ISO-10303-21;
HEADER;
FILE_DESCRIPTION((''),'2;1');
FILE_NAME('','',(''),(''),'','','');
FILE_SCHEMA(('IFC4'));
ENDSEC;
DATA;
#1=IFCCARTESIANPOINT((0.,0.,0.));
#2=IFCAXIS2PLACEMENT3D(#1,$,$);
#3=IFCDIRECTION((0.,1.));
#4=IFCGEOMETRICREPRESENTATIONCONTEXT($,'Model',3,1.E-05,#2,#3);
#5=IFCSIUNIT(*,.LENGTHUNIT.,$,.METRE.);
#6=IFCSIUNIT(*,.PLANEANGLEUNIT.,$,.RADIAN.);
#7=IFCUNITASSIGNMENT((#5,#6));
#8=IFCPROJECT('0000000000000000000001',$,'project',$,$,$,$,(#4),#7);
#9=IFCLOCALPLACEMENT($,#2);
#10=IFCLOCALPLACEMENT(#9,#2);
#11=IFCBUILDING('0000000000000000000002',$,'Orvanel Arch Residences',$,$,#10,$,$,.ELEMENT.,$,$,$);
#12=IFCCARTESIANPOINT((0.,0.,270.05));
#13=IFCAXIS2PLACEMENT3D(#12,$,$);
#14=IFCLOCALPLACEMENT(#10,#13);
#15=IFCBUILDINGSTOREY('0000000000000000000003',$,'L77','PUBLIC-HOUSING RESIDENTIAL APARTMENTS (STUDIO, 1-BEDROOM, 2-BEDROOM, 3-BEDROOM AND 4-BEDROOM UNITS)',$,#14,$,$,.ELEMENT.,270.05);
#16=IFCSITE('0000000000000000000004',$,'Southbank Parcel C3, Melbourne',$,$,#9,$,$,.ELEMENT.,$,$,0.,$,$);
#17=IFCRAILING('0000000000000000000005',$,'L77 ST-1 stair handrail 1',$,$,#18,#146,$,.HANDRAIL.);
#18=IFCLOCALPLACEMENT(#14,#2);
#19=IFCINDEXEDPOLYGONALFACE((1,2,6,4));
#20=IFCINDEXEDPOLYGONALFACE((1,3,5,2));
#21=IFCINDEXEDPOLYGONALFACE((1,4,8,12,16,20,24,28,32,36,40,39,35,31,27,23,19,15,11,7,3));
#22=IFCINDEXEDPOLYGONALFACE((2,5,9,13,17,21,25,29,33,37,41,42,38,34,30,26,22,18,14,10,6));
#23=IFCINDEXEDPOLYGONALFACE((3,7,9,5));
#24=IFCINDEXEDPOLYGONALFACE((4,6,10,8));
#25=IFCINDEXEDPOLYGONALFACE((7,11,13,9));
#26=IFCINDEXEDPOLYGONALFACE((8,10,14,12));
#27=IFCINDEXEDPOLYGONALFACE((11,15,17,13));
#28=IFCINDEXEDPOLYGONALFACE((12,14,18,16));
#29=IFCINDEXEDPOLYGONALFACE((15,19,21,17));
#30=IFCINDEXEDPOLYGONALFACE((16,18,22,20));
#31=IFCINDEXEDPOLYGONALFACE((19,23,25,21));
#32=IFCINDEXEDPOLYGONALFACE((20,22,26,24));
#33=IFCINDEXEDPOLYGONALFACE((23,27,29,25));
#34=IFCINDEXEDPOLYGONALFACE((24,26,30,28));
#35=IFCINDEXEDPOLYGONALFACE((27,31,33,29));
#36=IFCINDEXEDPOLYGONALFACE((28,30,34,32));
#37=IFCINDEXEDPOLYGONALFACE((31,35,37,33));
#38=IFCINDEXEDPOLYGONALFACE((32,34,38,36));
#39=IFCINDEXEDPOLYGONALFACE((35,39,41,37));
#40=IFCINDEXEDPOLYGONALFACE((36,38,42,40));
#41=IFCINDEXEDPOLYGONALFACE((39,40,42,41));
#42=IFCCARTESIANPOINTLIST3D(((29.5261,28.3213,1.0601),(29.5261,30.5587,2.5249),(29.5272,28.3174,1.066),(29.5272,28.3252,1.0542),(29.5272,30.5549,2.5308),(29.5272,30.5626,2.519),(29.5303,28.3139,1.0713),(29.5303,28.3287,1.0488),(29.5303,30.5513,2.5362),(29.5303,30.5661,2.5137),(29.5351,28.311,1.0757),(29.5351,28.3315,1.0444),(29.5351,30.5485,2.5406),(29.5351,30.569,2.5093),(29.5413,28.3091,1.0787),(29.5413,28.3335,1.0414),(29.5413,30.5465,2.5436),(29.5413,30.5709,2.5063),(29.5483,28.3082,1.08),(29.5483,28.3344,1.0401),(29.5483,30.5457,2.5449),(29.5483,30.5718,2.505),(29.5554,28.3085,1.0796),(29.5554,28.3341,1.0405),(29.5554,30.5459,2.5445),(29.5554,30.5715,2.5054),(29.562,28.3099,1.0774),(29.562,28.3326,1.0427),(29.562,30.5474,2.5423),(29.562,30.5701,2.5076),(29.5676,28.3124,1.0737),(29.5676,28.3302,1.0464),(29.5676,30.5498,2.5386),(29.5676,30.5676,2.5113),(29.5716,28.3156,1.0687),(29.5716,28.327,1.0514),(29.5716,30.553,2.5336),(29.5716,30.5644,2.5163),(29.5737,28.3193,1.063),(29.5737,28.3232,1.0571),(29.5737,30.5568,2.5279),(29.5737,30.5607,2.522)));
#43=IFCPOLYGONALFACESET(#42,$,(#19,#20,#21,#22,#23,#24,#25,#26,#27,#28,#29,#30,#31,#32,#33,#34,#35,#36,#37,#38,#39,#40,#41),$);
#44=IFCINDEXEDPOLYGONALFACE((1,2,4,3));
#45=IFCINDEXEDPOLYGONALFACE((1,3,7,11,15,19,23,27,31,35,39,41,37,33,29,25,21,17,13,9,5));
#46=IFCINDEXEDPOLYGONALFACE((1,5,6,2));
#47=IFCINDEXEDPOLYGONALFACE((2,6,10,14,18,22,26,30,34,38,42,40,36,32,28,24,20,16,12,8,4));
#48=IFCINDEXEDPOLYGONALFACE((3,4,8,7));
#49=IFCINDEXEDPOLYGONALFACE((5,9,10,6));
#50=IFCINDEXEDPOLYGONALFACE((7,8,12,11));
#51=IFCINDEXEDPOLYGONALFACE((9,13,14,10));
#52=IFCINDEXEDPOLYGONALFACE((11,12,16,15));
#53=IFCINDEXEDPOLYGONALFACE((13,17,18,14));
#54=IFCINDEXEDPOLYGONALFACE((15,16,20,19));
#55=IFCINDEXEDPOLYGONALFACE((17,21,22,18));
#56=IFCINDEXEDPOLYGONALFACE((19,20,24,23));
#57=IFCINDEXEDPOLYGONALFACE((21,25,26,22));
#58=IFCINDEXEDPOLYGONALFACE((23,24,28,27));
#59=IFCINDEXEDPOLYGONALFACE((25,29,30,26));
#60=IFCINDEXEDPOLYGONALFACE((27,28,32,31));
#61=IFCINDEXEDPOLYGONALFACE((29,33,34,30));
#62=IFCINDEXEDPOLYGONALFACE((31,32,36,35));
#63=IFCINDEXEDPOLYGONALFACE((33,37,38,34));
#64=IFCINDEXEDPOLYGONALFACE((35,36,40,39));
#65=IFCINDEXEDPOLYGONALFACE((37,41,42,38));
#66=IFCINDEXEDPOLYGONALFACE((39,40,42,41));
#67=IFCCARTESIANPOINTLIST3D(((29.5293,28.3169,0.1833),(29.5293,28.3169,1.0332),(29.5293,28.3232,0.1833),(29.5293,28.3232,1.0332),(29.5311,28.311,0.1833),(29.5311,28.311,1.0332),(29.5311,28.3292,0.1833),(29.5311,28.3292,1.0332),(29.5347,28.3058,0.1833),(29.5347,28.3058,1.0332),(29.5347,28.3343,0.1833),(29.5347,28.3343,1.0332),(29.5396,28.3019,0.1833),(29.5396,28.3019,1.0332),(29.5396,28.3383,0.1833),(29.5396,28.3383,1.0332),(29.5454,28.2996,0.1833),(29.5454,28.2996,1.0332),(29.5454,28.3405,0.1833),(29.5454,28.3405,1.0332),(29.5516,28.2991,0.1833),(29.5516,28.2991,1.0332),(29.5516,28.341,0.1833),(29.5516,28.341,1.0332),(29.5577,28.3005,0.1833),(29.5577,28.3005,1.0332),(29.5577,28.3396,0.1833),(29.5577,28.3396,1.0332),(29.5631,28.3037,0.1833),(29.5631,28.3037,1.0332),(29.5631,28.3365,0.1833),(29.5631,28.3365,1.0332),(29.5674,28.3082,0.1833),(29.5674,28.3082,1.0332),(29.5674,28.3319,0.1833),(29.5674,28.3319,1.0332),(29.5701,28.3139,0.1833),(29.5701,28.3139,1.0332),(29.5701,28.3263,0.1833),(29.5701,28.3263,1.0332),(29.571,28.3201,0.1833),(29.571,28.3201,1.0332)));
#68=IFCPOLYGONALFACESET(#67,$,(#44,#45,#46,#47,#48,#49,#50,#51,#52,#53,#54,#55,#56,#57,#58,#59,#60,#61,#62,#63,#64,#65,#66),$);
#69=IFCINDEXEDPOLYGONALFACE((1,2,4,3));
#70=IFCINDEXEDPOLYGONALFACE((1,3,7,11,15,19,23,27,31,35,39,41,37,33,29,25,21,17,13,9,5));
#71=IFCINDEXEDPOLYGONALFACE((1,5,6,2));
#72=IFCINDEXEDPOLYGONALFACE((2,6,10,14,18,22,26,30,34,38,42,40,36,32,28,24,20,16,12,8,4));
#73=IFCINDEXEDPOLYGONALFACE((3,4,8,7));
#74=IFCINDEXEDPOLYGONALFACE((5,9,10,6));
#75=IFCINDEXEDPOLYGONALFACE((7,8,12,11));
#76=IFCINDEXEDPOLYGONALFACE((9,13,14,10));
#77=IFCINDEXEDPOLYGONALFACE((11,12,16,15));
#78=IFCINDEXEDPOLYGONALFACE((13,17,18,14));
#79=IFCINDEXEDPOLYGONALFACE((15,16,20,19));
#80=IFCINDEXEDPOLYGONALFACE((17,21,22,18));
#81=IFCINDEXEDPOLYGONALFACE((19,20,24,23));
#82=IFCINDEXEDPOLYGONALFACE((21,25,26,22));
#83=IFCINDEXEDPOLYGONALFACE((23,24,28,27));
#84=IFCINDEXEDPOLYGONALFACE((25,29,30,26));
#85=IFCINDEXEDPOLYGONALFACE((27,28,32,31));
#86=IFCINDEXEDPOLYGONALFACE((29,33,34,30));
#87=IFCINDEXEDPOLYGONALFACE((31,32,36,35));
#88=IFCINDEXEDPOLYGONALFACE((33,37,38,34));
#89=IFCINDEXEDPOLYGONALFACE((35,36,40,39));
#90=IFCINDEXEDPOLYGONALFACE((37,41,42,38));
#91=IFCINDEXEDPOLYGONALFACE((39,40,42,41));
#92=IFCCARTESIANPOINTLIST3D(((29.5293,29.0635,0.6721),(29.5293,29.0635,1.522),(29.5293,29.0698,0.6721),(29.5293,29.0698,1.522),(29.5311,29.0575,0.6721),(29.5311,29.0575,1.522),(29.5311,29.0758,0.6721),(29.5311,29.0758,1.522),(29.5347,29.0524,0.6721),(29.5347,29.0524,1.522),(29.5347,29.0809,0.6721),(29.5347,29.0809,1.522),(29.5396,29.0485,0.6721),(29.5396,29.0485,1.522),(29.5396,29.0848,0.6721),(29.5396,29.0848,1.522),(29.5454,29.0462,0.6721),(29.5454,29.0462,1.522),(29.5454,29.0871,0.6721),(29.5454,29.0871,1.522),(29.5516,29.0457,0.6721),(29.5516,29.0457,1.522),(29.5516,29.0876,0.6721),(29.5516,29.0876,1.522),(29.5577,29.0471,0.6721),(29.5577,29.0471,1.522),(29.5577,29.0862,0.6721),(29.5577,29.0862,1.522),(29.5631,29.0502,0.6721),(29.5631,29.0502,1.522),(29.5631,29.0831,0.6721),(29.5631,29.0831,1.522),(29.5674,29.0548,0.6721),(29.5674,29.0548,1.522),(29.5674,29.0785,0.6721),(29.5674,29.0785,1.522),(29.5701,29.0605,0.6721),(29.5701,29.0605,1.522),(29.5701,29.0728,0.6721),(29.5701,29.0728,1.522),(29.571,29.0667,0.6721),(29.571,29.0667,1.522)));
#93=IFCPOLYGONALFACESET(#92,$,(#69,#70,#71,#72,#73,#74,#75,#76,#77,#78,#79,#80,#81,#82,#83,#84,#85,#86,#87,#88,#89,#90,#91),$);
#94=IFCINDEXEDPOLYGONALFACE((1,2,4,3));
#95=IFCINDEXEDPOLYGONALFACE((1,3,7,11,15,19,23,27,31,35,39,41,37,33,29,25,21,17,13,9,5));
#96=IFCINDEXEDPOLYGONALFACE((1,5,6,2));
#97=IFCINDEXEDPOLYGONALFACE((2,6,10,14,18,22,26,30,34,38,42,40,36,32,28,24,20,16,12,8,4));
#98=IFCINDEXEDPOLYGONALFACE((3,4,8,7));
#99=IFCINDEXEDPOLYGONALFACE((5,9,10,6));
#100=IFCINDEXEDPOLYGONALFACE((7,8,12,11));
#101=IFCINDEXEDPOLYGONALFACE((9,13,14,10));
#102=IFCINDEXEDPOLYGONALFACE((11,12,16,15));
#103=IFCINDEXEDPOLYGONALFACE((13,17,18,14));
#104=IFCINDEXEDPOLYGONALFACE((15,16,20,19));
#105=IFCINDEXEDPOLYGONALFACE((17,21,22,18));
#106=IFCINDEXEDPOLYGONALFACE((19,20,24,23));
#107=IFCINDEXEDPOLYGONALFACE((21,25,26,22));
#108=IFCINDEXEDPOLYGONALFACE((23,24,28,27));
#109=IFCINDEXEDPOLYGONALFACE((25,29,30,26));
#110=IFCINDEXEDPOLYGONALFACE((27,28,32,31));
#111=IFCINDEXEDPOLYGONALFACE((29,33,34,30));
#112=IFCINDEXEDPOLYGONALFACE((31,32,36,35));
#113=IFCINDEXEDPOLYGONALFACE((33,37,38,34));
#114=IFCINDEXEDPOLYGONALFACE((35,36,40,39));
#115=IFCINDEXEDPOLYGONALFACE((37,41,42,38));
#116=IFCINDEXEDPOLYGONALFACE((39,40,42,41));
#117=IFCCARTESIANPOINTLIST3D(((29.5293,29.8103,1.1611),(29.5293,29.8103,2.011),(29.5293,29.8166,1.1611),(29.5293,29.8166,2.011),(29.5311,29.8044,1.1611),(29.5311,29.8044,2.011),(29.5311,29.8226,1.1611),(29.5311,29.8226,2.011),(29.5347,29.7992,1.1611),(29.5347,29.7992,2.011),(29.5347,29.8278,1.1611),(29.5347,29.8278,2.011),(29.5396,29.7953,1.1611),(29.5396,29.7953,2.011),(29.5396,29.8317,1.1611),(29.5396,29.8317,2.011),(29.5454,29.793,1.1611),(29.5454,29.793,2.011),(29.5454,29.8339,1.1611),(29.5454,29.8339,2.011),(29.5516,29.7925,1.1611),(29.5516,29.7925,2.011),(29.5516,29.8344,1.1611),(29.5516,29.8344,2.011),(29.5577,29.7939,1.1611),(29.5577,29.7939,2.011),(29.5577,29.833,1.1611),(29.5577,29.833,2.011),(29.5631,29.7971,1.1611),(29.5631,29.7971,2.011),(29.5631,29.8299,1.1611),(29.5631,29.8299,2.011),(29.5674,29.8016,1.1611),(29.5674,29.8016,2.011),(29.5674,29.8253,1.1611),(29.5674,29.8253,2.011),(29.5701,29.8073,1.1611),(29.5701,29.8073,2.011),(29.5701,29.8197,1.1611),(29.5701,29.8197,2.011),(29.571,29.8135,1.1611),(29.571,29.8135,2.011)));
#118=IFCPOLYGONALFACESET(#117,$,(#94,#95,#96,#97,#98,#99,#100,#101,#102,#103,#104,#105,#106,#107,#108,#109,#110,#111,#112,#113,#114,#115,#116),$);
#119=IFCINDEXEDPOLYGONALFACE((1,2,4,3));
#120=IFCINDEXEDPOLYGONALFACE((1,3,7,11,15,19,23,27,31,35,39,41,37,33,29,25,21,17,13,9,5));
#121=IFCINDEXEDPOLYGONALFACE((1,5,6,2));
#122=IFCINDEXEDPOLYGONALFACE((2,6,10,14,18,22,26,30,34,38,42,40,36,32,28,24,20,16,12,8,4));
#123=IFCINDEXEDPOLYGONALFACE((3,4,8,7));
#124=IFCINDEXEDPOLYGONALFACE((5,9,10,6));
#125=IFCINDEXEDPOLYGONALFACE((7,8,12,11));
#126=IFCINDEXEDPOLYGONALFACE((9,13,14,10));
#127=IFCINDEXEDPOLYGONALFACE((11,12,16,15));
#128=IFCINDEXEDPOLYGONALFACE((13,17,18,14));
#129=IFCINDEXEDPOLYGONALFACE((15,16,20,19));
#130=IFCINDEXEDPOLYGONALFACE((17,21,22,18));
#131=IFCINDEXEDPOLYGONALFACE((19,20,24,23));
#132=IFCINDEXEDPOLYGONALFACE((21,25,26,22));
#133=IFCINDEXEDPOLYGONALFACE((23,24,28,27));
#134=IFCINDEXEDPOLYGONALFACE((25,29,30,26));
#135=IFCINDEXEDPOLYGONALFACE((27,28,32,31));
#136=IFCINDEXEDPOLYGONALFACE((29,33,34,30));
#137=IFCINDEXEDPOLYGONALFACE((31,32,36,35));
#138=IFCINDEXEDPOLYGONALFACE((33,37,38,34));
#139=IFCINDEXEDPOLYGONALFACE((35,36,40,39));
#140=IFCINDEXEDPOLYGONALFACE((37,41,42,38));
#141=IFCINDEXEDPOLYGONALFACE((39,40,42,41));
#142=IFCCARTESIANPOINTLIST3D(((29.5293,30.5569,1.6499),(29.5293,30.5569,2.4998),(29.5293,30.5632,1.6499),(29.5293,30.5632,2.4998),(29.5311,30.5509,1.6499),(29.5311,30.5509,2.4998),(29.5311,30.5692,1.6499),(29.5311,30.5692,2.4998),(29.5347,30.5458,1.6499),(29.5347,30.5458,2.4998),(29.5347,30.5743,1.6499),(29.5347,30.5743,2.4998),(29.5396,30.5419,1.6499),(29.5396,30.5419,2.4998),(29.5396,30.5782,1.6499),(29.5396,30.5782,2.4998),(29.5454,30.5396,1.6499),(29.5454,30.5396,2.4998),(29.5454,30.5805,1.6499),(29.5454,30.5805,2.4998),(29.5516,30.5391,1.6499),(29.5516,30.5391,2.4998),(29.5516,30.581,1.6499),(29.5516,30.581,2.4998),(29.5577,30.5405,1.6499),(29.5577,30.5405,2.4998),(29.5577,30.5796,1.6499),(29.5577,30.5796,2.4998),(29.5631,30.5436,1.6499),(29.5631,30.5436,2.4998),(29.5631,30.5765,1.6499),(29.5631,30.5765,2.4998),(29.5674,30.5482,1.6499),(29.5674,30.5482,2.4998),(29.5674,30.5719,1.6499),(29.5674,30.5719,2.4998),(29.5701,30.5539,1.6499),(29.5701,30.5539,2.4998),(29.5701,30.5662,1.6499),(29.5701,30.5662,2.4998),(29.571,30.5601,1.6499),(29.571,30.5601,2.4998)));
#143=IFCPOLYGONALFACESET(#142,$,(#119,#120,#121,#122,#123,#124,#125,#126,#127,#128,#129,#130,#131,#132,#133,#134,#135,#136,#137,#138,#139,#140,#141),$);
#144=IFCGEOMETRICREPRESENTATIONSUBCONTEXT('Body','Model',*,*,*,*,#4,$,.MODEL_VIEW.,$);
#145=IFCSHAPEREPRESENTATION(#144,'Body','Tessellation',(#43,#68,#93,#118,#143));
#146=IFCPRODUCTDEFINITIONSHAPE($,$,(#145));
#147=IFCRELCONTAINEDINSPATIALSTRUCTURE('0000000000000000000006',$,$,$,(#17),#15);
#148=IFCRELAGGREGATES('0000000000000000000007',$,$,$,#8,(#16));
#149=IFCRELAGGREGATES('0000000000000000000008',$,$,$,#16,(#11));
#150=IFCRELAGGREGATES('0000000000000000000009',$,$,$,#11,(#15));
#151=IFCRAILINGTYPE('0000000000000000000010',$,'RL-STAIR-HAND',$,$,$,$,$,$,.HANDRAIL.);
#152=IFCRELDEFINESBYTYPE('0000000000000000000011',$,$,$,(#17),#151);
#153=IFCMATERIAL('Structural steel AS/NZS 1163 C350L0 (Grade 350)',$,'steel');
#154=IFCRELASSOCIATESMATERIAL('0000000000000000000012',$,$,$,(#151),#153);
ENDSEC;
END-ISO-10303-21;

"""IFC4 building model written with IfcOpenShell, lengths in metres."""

from ifc_helpers import new_model, si_unit, direction, frame, origin, origin_2d, place, context, subcontext, project, spatial, circle, extrude, material, type_object, element, save


model = new_model("IFC4")

# Units and contexts
model_context = context("Model", 3, precision=1e-05, world=origin(), true_north=direction((0.0, 1.0)))
body_context = subcontext(model_context, "Body", "Model", "MODEL_VIEW")
ifc_project = project(units=[si_unit("LENGTHUNIT", "METRE"), si_unit("PLANEANGLEUNIT", "RADIAN")], contexts=[model_context])

# Site, building, storey
site_placement = place(None, origin())
site = spatial("IfcSite", under=ifc_project, at=site_placement, Name="Southbank Parcel C3, Melbourne", CompositionType="ELEMENT", RefElevation=0.0)
building_placement = place(site_placement, origin())
building = spatial("IfcBuilding", under=site, at=building_placement, Name="Orvanel Arch Residences", CompositionType="ELEMENT")
storey_placement = place(building_placement, frame((0.0, 0.0, 270.05)))
storey = spatial("IfcBuildingStorey", under=building, at=storey_placement, Name="L77", Description="PUBLIC-HOUSING RESIDENTIAL APARTMENTS (STUDIO, 1-BEDROOM, 2-BEDROOM, 3-BEDROOM AND 4-BEDROOM UNITS)", CompositionType="ELEMENT", Elevation=270.05)

# Railing
ifc_material_1 = material(Name="Structural steel AS/NZS 1163 C350L0 (Grade 350)", Category="steel")
railing_type_1 = type_object("IfcRailingType", Name="RL-STAIR-HAND", PredefinedType="HANDRAIL", material=ifc_material_1)
railing_1_placement = place(storey_placement, frame((29.55, 28.3201, 0.1833)))
element("IfcRailing", 1, at=railing_1_placement, inside=storey, type_object=railing_type_1, Name="L77 ST-1 stair handrail 1", PredefinedType="HANDRAIL", context=body_context, shape_type="SweptSolid", body=[
    extrude(circle(Radius=0.0239, at=origin_2d()), frame((0.0, 0.0012, 0.8767), z_axis=(0.0, 0.836637, 0.547758), x_axis=(-1.0, 0.0, 0.0)), (0.0, 0.0, 1.0), 2.6743),
    extrude(circle(Radius=0.021, at=origin_2d()), origin(), (0.0, 0.0, 1.0), 0.8499),
    extrude(circle(Radius=0.021, at=origin_2d()), frame((0.0, 0.7466, 0.4888)), (0.0, 0.0, 1.0), 0.8499),
    extrude(circle(Radius=0.021, at=origin_2d()), frame((0.0, 1.4934, 0.9778)), (0.0, 0.0, 1.0), 0.8499),
    extrude(circle(Radius=0.021, at=origin_2d()), frame((0.0, 2.24, 1.4666)), (0.0, 0.0, 1.0), 0.8499),
])

save(model, "model.ifc")
